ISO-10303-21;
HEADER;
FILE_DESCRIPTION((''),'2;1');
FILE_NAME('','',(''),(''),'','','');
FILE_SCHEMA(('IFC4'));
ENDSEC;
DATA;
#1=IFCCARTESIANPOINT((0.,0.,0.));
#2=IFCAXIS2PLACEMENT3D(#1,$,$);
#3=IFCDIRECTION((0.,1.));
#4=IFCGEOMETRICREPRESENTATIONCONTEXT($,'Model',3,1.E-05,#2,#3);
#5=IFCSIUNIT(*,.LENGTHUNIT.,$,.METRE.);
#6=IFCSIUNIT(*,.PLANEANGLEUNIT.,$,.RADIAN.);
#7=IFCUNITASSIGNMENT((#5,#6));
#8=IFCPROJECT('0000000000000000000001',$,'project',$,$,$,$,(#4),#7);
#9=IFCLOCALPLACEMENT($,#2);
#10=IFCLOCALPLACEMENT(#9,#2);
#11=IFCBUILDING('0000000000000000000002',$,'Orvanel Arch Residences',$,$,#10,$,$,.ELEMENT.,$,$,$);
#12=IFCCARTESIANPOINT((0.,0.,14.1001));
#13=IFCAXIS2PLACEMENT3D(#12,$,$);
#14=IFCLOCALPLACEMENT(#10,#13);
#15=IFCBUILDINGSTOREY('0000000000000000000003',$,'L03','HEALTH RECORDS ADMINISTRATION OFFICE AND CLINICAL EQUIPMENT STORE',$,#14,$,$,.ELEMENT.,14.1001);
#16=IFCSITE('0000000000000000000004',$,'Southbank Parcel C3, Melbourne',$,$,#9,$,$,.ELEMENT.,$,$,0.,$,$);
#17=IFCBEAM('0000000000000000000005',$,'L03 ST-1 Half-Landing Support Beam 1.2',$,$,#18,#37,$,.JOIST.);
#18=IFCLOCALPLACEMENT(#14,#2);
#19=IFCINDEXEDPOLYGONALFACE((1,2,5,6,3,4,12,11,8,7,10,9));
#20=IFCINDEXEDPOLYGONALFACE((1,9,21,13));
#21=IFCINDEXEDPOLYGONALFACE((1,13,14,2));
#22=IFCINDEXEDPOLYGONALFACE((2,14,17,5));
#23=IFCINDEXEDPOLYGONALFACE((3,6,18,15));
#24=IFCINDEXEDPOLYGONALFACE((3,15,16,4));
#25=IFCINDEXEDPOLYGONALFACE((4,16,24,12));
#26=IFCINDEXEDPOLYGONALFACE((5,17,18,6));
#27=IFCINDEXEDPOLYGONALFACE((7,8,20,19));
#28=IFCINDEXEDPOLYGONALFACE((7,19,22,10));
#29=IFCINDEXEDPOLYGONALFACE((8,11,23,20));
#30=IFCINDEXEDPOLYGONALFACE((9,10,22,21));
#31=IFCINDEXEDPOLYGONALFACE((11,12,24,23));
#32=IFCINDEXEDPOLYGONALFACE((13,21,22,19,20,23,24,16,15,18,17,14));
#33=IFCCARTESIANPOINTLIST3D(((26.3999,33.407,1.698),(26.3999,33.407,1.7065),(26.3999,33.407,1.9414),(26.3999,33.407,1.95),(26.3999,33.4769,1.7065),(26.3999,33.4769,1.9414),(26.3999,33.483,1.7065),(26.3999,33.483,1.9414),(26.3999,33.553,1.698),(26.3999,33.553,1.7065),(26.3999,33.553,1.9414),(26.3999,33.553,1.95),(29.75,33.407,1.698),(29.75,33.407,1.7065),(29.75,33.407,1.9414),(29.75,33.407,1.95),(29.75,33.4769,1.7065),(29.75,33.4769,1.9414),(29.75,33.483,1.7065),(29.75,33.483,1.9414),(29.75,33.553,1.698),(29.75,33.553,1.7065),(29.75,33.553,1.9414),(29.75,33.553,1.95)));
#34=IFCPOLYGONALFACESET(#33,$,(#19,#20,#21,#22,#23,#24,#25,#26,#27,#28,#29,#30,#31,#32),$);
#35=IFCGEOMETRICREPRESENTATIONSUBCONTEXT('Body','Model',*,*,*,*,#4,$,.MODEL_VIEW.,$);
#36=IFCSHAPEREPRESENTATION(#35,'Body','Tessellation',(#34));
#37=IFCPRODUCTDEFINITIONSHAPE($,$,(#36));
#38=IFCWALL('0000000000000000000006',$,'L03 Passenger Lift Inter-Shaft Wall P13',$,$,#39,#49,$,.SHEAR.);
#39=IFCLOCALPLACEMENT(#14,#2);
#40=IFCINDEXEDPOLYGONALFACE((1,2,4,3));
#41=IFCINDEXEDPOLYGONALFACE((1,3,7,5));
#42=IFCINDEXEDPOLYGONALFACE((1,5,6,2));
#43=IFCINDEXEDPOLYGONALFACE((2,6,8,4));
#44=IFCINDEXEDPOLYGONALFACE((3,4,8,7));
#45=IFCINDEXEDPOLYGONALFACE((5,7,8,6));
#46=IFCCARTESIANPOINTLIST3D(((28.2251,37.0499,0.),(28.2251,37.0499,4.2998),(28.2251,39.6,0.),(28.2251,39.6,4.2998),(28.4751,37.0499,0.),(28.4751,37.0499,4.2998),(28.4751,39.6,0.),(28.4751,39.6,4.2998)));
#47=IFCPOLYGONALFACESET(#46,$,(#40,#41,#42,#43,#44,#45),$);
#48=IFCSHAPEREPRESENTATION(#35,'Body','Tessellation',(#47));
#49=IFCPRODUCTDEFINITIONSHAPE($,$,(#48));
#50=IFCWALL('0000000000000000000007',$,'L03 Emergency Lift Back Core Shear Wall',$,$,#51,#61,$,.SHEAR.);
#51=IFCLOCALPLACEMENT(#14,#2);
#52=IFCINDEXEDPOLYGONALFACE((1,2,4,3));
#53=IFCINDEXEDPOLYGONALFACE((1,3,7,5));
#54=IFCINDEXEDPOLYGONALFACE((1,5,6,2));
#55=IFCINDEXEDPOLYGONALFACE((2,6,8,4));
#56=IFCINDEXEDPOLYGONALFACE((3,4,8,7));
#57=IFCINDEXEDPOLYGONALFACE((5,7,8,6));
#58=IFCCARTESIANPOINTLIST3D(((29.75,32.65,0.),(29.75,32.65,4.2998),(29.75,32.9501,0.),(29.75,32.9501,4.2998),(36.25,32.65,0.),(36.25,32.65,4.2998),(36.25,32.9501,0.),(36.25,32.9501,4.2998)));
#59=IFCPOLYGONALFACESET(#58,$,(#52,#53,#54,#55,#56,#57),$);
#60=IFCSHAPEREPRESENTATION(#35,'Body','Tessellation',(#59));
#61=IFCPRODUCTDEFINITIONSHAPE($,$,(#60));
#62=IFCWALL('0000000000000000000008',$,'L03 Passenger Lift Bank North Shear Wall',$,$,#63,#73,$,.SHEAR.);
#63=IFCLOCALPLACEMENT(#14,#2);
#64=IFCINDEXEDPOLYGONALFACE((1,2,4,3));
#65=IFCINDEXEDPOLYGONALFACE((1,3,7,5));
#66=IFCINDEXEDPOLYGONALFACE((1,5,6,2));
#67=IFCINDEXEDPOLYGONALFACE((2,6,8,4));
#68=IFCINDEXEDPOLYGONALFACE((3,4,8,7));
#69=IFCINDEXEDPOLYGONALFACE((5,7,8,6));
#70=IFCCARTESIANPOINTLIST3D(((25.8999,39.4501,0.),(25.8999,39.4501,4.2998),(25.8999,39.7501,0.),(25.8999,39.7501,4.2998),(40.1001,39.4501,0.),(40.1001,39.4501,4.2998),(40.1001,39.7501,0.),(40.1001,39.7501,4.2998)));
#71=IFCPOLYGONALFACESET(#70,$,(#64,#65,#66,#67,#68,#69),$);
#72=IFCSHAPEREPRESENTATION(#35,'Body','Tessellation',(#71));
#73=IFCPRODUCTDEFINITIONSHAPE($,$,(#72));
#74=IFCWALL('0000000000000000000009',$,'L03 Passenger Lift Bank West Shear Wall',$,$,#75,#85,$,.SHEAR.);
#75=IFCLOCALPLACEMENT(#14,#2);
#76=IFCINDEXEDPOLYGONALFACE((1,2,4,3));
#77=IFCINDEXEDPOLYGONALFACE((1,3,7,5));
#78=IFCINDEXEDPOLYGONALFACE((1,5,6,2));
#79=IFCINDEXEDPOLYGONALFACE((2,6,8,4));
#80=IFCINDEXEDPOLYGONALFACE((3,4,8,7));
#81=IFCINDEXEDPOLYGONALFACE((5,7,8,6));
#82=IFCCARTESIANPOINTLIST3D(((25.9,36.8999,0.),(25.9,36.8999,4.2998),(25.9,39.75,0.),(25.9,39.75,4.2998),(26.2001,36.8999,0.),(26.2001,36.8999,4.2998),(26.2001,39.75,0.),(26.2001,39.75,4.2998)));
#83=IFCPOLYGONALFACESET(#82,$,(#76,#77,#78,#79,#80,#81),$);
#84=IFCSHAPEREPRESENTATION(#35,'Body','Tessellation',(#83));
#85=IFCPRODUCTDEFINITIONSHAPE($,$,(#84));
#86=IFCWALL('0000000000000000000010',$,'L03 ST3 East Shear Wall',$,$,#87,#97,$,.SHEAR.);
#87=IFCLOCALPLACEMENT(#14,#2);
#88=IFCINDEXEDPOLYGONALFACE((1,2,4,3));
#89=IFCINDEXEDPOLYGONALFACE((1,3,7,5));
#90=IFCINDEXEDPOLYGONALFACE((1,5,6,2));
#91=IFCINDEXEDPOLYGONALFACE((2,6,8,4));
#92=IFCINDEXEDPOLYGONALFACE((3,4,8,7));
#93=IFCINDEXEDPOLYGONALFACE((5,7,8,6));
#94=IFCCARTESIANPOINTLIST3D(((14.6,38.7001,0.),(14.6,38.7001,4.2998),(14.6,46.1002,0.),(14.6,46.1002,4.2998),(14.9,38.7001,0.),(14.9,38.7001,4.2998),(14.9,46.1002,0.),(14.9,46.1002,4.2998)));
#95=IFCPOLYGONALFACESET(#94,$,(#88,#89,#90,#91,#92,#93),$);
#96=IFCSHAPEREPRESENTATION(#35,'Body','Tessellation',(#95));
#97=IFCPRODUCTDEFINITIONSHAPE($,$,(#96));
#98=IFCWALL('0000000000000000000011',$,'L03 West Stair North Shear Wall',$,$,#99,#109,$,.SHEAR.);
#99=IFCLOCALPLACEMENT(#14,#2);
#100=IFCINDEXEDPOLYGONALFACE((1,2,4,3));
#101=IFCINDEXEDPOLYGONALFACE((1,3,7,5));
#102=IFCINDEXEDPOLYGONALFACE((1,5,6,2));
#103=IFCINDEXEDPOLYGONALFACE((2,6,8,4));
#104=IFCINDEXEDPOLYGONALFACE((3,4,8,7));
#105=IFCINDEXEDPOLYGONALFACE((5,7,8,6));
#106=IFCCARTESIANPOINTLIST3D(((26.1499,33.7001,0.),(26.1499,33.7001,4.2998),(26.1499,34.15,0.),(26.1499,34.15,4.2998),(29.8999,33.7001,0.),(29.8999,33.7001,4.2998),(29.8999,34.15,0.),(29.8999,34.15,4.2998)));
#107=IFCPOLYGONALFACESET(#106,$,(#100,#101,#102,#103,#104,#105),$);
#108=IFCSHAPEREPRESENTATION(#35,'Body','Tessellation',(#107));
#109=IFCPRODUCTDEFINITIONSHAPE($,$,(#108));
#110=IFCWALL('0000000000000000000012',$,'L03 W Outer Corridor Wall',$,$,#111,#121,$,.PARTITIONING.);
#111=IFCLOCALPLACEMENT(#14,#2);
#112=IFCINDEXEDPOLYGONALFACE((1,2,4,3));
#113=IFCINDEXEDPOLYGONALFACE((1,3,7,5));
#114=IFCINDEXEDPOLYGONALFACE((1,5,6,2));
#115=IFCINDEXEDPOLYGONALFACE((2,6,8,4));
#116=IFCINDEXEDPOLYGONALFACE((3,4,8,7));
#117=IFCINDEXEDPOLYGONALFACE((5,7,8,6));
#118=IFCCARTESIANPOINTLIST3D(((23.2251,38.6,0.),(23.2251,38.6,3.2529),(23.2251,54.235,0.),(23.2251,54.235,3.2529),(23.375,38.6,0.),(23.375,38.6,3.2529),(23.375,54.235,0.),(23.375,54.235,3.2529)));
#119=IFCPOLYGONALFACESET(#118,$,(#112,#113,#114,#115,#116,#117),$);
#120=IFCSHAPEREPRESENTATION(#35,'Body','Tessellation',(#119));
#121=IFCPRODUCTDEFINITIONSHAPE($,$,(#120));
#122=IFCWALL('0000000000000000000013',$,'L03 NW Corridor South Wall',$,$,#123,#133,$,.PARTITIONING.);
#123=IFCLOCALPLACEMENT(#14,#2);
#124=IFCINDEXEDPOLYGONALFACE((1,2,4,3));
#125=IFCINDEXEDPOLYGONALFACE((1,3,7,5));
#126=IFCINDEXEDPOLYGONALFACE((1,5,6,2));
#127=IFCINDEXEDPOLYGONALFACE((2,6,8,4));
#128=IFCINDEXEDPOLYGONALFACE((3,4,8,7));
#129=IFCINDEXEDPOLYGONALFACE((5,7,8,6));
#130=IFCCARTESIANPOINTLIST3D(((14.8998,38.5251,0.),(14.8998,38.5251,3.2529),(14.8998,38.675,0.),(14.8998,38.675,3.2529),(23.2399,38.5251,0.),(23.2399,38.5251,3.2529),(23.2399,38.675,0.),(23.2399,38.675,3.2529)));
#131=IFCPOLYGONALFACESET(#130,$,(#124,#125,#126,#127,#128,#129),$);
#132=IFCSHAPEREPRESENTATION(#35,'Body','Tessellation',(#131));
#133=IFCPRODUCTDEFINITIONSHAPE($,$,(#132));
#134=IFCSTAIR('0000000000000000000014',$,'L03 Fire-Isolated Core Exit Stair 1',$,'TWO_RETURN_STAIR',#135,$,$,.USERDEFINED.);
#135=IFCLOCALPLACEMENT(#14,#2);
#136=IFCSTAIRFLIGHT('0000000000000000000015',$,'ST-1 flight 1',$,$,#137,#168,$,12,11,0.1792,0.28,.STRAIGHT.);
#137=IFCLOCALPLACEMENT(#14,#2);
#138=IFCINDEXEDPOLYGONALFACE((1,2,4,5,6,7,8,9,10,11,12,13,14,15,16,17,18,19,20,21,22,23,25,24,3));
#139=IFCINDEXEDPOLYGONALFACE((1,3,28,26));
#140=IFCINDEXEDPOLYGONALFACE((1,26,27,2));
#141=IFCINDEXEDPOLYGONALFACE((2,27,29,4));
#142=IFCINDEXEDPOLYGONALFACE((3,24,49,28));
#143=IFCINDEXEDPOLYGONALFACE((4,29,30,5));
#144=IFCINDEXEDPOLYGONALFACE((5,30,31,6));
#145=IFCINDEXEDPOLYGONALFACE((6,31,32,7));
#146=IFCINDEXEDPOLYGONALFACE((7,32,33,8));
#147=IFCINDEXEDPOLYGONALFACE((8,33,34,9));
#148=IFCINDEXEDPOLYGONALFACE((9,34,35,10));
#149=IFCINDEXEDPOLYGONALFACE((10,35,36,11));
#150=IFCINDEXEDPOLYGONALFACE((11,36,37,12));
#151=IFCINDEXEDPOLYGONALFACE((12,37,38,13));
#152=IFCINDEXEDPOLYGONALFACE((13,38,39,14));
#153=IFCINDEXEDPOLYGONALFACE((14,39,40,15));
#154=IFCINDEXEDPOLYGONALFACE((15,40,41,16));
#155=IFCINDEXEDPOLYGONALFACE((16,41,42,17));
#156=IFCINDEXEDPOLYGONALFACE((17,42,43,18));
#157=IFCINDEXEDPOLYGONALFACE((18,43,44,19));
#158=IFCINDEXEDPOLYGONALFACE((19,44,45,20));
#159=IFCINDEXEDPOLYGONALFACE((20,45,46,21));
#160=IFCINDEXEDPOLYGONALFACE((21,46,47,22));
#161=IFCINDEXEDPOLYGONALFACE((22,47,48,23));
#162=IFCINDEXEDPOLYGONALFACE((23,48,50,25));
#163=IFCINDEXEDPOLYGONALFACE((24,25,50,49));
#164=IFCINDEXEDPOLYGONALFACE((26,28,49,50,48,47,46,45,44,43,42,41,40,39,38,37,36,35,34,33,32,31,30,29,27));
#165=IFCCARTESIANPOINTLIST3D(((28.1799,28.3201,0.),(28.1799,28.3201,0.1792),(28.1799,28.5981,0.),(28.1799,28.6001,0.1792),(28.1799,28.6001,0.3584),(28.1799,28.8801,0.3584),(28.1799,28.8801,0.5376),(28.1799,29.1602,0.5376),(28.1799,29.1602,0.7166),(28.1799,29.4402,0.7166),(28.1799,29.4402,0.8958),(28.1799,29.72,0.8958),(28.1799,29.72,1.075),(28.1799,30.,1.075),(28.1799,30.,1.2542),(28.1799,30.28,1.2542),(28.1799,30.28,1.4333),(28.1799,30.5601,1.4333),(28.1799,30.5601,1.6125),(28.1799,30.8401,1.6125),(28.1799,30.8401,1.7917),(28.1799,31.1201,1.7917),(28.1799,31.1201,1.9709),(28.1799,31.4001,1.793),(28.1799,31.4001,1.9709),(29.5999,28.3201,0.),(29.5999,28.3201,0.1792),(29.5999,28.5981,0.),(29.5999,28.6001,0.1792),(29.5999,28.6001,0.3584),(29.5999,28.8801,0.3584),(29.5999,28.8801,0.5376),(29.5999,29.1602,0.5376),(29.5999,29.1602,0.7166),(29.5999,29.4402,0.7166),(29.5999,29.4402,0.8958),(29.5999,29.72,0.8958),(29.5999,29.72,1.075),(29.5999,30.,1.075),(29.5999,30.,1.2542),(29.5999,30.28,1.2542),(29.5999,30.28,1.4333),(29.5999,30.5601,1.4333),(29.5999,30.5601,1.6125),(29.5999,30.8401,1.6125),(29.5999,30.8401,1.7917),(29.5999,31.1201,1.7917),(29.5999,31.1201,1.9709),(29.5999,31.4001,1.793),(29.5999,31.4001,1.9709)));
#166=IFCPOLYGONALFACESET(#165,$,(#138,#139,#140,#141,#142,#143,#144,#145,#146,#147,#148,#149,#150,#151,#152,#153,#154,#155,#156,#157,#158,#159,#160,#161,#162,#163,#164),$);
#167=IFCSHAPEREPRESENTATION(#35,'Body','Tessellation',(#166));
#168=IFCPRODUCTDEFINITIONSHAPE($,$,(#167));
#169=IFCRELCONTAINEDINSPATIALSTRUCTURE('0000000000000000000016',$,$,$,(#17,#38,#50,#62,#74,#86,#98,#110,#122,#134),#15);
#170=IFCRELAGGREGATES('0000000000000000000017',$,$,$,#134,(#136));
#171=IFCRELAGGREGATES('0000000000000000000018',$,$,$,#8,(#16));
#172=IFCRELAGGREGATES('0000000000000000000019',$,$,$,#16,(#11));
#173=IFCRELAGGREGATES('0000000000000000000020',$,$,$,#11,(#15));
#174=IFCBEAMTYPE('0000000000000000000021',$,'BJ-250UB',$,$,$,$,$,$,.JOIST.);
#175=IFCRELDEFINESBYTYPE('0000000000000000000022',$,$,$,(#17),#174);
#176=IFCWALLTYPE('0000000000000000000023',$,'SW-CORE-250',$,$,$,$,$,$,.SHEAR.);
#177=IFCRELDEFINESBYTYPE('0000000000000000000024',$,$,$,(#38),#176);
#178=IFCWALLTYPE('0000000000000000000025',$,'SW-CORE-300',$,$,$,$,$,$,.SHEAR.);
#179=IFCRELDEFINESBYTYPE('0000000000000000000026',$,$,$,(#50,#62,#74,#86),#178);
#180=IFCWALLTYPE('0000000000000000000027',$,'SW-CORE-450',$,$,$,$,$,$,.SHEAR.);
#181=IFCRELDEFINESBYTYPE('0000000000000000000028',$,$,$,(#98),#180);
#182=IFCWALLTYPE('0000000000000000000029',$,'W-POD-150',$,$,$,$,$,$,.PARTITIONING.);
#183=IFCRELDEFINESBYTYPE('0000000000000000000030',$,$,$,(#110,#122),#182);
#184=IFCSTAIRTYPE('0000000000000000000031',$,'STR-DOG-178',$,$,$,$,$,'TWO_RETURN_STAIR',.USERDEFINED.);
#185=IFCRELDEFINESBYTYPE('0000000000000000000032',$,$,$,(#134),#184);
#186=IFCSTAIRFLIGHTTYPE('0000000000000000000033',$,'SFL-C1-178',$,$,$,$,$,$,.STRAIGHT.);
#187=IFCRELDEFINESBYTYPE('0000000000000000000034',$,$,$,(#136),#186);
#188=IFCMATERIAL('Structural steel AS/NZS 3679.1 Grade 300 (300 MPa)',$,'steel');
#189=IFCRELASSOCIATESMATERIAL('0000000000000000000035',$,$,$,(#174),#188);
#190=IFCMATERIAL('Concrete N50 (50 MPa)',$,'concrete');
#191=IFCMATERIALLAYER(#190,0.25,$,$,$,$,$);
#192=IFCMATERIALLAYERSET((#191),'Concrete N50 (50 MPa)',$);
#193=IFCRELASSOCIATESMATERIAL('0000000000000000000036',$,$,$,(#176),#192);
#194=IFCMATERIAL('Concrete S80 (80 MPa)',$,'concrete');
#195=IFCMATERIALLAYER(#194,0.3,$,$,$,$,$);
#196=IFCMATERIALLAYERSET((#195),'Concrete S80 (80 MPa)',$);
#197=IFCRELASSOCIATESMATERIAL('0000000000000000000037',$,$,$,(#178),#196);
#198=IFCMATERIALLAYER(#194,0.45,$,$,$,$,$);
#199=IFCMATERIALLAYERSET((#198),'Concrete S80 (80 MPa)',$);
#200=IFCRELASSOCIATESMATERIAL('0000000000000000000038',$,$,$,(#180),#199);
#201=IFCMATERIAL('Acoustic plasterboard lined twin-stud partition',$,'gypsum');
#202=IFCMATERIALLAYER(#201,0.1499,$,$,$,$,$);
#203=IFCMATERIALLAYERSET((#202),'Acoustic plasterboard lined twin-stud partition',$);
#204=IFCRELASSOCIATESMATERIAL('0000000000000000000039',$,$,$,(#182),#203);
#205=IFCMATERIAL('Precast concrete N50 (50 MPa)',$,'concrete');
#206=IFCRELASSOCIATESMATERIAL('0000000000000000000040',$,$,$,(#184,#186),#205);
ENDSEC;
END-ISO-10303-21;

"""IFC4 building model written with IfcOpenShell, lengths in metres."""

from ifc_helpers import new_model, si_unit, direction, frame, frame_2d, origin, origin_2d, place, context, subcontext, project, spatial, polyline, rectangle, i_section, outline, extrude, material, layer, layer_set, material_profile, profile_set, type_object, element, aggregate, save


model = new_model("IFC4")

# Units and contexts
model_context = context("Model", 3, precision=1e-05, world=origin(), true_north=direction((0.0, 1.0)))
body_context = subcontext(model_context, "Body", "Model", "MODEL_VIEW")
ifc_project = project(units=[si_unit("LENGTHUNIT", "METRE"), si_unit("PLANEANGLEUNIT", "RADIAN")], contexts=[model_context])

# Site, building, storey
site_placement = place(None, origin())
site = spatial("IfcSite", under=ifc_project, at=site_placement, Name="Southbank Parcel C3, Melbourne", CompositionType="ELEMENT", RefElevation=0.0)
building_placement = place(site_placement, origin())
building = spatial("IfcBuilding", under=site, at=building_placement, Name="Orvanel Arch Residences", CompositionType="ELEMENT")
storey_placement = place(building_placement, frame((0.0, 0.0, 14.1001)))
storey = spatial("IfcBuildingStorey", under=building, at=storey_placement, Name="L03", Description="HEALTH RECORDS ADMINISTRATION OFFICE AND CLINICAL EQUIPMENT STORE", CompositionType="ELEMENT", Elevation=14.1001)

# Shared definitions
ifc_material_1 = material(Name="Structural steel AS/NZS 3679.1 Grade 300 (300 MPa)", Category="steel")

# Beam
ifc_material_profile_1 = material_profile(ifc_material_1, i_section(OverallWidth=0.146, OverallDepth=0.252, WebThickness=0.0061, FlangeThickness=0.0085, at=origin_2d()), Name="250UB31.4")
ifc_profile_set_1 = profile_set([ifc_material_profile_1], Name="Structural steel AS/NZS 3679.1 Grade 300 (300 MPa)")
beam_type_1 = type_object("IfcBeamType", Name="BJ-250UB", PredefinedType="JOIST", material=ifc_profile_set_1)
for number, where, z_axis, x_axis, name in (
    (1, (26.3999, 33.48, 1.824), (1.0, 0.0, 0.0), (0.0, 1.0, 0.0), "L03 ST-1 Half-Landing Support Beam 1.2"),
):
    element("IfcBeam", number, at=place(storey_placement, frame(where, z_axis=z_axis, x_axis=x_axis)), inside=storey, type_object=beam_type_1, Name=name, PredefinedType="JOIST", context=body_context, shape_type="SweptSolid", body=[
        extrude(i_section(OverallWidth=0.146, OverallDepth=0.252, WebThickness=0.0061, FlangeThickness=0.0085, at=origin_2d()), origin(), (0.0, 0.0, 1.0), 3.3501),
    ])

# Walls
ifc_material_2 = material(Name="Concrete N50 (50 MPa)", Category="concrete")
ifc_layer_1 = layer(ifc_material_2, 0.25)
ifc_layer_set_1 = layer_set([ifc_layer_1], Name="Concrete N50 (50 MPa)")
wall_type_1 = type_object("IfcWallType", Name="SW-CORE-250", PredefinedType="SHEAR", material=ifc_layer_set_1)
wall_1_placement = place(storey_placement, frame((28.3501, 37.05, 0.0), z_axis=(0.0, 0.0, 1.0), x_axis=(0.0, 1.0, 0.0)))
element("IfcWall", 2, at=wall_1_placement, inside=storey, type_object=wall_type_1, Name="L03 Passenger Lift Inter-Shaft Wall P13", PredefinedType="SHEAR", context=body_context, shape_type="SweptSolid", body=[
    extrude(rectangle(XDim=2.55, YDim=0.25, at=frame_2d((1.2749, 0.0))), origin(), (0.0, 0.0, 1.0), 4.2998),
])
ifc_material_3 = material(Name="Concrete S80 (80 MPa)", Category="concrete")
ifc_layer_2 = layer(ifc_material_3, 0.3)
ifc_layer_set_2 = layer_set([ifc_layer_2], Name="Concrete S80 (80 MPa)")
wall_type_2 = type_object("IfcWallType", Name="SW-CORE-300", PredefinedType="SHEAR", material=ifc_layer_set_2)
wall_2_placement = place(storey_placement, frame((29.75, 32.8, 0.0), z_axis=(0.0, 0.0, 1.0), x_axis=(1.0, 0.0, 0.0)))
element("IfcWall", 3, at=wall_2_placement, inside=storey, type_object=wall_type_2, Name="L03 Emergency Lift Back Core Shear Wall", PredefinedType="SHEAR", context=body_context, shape_type="SweptSolid", body=[
    extrude(rectangle(XDim=6.5, YDim=0.3, at=frame_2d((3.25, 0.0))), origin(), (0.0, 0.0, 1.0), 4.2998),
])
wall_3_placement = place(storey_placement, frame((25.8999, 39.6001, 0.0), z_axis=(0.0, 0.0, 1.0), x_axis=(1.0, 0.0, 0.0)))
element("IfcWall", 4, at=wall_3_placement, inside=storey, type_object=wall_type_2, Name="L03 Passenger Lift Bank North Shear Wall", PredefinedType="SHEAR", context=body_context, shape_type="SweptSolid", body=[
    extrude(rectangle(XDim=14.2002, YDim=0.3, at=frame_2d((7.1001, 0.0))), origin(), (0.0, 0.0, 1.0), 4.2998),
])
wall_4_placement = place(storey_placement, frame((26.05, 36.8999, 0.0), z_axis=(0.0, 0.0, 1.0), x_axis=(0.0, 1.0, 0.0)))
element("IfcWall", 5, at=wall_4_placement, inside=storey, type_object=wall_type_2, Name="L03 Passenger Lift Bank West Shear Wall", PredefinedType="SHEAR", context=body_context, shape_type="SweptSolid", body=[
    extrude(rectangle(XDim=2.8501, YDim=0.3, at=frame_2d((1.425, 0.0))), origin(), (0.0, 0.0, 1.0), 4.2998),
])
wall_5_placement = place(storey_placement, frame((14.75, 38.7, 0.0), z_axis=(0.0, 0.0, 1.0), x_axis=(0.0, 1.0, 0.0)))
element("IfcWall", 6, at=wall_5_placement, inside=storey, type_object=wall_type_2, Name="L03 ST3 East Shear Wall", PredefinedType="SHEAR", context=body_context, shape_type="SweptSolid", body=[
    extrude(rectangle(XDim=7.4001, YDim=0.3, at=frame_2d((3.7002, 0.0))), origin(), (0.0, 0.0, 1.0), 4.2998),
])
ifc_layer_3 = layer(ifc_material_3, 0.45)
ifc_layer_set_3 = layer_set([ifc_layer_3], Name="Concrete S80 (80 MPa)")
wall_type_3 = type_object("IfcWallType", Name="SW-CORE-450", PredefinedType="SHEAR", material=ifc_layer_set_3)
wall_6_placement = place(storey_placement, frame((26.1499, 33.925, 0.0), z_axis=(0.0, 0.0, 1.0), x_axis=(1.0, 0.0, 0.0)))
element("IfcWall", 7, at=wall_6_placement, inside=storey, type_object=wall_type_3, Name="L03 West Stair North Shear Wall", PredefinedType="SHEAR", context=body_context, shape_type="SweptSolid", body=[
    extrude(rectangle(XDim=3.75, YDim=0.45, at=frame_2d((1.875, 0.0))), origin(), (0.0, 0.0, 1.0), 4.2998),
])
ifc_material_4 = material(Name="Acoustic plasterboard lined twin-stud partition", Category="gypsum")
ifc_layer_4 = layer(ifc_material_4, 0.1499)
ifc_layer_set_4 = layer_set([ifc_layer_4], Name="Acoustic plasterboard lined twin-stud partition")
wall_type_4 = type_object("IfcWallType", Name="W-POD-150", PredefinedType="PARTITIONING", material=ifc_layer_set_4)
wall_7_placement = place(storey_placement, frame((23.3, 38.6001, 0.0), z_axis=(0.0, 0.0, 1.0), x_axis=(0.0, 1.0, 0.0)))
element("IfcWall", 8, at=wall_7_placement, inside=storey, type_object=wall_type_4, Name="L03 W Outer Corridor Wall", PredefinedType="PARTITIONING", context=body_context, shape_type="SweptSolid", body=[
    extrude(rectangle(XDim=15.635, YDim=0.1499, at=frame_2d((7.8174, 0.0))), origin(), (0.0, 0.0, 1.0), 3.2529),
])
wall_8_placement = place(storey_placement, frame((14.8999, 38.6001, 0.0), z_axis=(0.0, 0.0, 1.0), x_axis=(1.0, 0.0, 0.0)))
element("IfcWall", 9, at=wall_8_placement, inside=storey, type_object=wall_type_4, Name="L03 NW Corridor South Wall", PredefinedType="PARTITIONING", context=body_context, shape_type="SweptSolid", body=[
    extrude(rectangle(XDim=8.3401, YDim=0.1499, at=frame_2d((4.1699, 0.0))), origin(), (0.0, 0.0, 1.0), 3.2529),
])

# Stair, stair flight
ifc_material_5 = material(Name="Precast concrete N50 (50 MPa)", Category="concrete")
stair_type = type_object("IfcStairType", Name="STR-DOG-178", ElementType="TWO_RETURN_STAIR", PredefinedType="USERDEFINED", material=ifc_material_5)
stair_1_placement = place(storey_placement, origin())
stair_1 = element("IfcStair", 10, at=stair_1_placement, inside=storey, type_object=stair_type, Name="L03 Fire-Isolated Core Exit Stair 1", ObjectType="TWO_RETURN_STAIR", PredefinedType="USERDEFINED")
stair_flight_type_1 = type_object("IfcStairFlightType", Name="SFL-C1-178", PredefinedType="STRAIGHT", material=ifc_material_5)
stair_flight_1_placement = place(storey_placement, frame((28.8899, 28.3201, 0.0), z_axis=(0.0, 0.0, 1.0), x_axis=(0.0, 1.0, 0.0)))
stair_flight_1 = element("IfcStairFlight", 11, at=stair_flight_1_placement, type_object=stair_flight_type_1, Name="ST-1 flight 1", NumberOfRisers=12, NumberOfTreads=11, PredefinedType="STRAIGHT", RiserHeight=0.1792, TreadLength=0.28, context=body_context, shape_type="SweptSolid", body=[
    extrude(outline(polyline([(0.0, 0.0), (0.0, 0.1792), (0.28, 0.1792), (0.28, 0.3584), (0.5601, 0.3584), (0.5601, 0.5376), (0.8401, 0.5376), (0.8401, 0.7166), (1.1201, 0.7166), (1.1201, 0.8958), (1.3999, 0.8958), (1.3999, 1.075), (1.6799, 1.075), (1.6799, 1.2542), (1.96, 1.2542), (1.96, 1.4333), (2.24, 1.4333), (2.24, 1.6125), (2.52, 1.6125), (2.52, 1.7917), (2.8, 1.7917), (2.8, 1.9709), (3.0801, 1.9709), (3.0801, 2.1499), (3.0801, 1.793), (0.2781, 0.0), (0.0, 0.0)])), frame((0.0, 0.71, 0.0), z_axis=(0.0, -1.0, 0.0), x_axis=(1.0, 0.0, 0.0)), (0.0, 0.0, 1.0), 1.4199),
])
aggregate(stair_1, [stair_flight_1])

save(model, "model.ifc")
